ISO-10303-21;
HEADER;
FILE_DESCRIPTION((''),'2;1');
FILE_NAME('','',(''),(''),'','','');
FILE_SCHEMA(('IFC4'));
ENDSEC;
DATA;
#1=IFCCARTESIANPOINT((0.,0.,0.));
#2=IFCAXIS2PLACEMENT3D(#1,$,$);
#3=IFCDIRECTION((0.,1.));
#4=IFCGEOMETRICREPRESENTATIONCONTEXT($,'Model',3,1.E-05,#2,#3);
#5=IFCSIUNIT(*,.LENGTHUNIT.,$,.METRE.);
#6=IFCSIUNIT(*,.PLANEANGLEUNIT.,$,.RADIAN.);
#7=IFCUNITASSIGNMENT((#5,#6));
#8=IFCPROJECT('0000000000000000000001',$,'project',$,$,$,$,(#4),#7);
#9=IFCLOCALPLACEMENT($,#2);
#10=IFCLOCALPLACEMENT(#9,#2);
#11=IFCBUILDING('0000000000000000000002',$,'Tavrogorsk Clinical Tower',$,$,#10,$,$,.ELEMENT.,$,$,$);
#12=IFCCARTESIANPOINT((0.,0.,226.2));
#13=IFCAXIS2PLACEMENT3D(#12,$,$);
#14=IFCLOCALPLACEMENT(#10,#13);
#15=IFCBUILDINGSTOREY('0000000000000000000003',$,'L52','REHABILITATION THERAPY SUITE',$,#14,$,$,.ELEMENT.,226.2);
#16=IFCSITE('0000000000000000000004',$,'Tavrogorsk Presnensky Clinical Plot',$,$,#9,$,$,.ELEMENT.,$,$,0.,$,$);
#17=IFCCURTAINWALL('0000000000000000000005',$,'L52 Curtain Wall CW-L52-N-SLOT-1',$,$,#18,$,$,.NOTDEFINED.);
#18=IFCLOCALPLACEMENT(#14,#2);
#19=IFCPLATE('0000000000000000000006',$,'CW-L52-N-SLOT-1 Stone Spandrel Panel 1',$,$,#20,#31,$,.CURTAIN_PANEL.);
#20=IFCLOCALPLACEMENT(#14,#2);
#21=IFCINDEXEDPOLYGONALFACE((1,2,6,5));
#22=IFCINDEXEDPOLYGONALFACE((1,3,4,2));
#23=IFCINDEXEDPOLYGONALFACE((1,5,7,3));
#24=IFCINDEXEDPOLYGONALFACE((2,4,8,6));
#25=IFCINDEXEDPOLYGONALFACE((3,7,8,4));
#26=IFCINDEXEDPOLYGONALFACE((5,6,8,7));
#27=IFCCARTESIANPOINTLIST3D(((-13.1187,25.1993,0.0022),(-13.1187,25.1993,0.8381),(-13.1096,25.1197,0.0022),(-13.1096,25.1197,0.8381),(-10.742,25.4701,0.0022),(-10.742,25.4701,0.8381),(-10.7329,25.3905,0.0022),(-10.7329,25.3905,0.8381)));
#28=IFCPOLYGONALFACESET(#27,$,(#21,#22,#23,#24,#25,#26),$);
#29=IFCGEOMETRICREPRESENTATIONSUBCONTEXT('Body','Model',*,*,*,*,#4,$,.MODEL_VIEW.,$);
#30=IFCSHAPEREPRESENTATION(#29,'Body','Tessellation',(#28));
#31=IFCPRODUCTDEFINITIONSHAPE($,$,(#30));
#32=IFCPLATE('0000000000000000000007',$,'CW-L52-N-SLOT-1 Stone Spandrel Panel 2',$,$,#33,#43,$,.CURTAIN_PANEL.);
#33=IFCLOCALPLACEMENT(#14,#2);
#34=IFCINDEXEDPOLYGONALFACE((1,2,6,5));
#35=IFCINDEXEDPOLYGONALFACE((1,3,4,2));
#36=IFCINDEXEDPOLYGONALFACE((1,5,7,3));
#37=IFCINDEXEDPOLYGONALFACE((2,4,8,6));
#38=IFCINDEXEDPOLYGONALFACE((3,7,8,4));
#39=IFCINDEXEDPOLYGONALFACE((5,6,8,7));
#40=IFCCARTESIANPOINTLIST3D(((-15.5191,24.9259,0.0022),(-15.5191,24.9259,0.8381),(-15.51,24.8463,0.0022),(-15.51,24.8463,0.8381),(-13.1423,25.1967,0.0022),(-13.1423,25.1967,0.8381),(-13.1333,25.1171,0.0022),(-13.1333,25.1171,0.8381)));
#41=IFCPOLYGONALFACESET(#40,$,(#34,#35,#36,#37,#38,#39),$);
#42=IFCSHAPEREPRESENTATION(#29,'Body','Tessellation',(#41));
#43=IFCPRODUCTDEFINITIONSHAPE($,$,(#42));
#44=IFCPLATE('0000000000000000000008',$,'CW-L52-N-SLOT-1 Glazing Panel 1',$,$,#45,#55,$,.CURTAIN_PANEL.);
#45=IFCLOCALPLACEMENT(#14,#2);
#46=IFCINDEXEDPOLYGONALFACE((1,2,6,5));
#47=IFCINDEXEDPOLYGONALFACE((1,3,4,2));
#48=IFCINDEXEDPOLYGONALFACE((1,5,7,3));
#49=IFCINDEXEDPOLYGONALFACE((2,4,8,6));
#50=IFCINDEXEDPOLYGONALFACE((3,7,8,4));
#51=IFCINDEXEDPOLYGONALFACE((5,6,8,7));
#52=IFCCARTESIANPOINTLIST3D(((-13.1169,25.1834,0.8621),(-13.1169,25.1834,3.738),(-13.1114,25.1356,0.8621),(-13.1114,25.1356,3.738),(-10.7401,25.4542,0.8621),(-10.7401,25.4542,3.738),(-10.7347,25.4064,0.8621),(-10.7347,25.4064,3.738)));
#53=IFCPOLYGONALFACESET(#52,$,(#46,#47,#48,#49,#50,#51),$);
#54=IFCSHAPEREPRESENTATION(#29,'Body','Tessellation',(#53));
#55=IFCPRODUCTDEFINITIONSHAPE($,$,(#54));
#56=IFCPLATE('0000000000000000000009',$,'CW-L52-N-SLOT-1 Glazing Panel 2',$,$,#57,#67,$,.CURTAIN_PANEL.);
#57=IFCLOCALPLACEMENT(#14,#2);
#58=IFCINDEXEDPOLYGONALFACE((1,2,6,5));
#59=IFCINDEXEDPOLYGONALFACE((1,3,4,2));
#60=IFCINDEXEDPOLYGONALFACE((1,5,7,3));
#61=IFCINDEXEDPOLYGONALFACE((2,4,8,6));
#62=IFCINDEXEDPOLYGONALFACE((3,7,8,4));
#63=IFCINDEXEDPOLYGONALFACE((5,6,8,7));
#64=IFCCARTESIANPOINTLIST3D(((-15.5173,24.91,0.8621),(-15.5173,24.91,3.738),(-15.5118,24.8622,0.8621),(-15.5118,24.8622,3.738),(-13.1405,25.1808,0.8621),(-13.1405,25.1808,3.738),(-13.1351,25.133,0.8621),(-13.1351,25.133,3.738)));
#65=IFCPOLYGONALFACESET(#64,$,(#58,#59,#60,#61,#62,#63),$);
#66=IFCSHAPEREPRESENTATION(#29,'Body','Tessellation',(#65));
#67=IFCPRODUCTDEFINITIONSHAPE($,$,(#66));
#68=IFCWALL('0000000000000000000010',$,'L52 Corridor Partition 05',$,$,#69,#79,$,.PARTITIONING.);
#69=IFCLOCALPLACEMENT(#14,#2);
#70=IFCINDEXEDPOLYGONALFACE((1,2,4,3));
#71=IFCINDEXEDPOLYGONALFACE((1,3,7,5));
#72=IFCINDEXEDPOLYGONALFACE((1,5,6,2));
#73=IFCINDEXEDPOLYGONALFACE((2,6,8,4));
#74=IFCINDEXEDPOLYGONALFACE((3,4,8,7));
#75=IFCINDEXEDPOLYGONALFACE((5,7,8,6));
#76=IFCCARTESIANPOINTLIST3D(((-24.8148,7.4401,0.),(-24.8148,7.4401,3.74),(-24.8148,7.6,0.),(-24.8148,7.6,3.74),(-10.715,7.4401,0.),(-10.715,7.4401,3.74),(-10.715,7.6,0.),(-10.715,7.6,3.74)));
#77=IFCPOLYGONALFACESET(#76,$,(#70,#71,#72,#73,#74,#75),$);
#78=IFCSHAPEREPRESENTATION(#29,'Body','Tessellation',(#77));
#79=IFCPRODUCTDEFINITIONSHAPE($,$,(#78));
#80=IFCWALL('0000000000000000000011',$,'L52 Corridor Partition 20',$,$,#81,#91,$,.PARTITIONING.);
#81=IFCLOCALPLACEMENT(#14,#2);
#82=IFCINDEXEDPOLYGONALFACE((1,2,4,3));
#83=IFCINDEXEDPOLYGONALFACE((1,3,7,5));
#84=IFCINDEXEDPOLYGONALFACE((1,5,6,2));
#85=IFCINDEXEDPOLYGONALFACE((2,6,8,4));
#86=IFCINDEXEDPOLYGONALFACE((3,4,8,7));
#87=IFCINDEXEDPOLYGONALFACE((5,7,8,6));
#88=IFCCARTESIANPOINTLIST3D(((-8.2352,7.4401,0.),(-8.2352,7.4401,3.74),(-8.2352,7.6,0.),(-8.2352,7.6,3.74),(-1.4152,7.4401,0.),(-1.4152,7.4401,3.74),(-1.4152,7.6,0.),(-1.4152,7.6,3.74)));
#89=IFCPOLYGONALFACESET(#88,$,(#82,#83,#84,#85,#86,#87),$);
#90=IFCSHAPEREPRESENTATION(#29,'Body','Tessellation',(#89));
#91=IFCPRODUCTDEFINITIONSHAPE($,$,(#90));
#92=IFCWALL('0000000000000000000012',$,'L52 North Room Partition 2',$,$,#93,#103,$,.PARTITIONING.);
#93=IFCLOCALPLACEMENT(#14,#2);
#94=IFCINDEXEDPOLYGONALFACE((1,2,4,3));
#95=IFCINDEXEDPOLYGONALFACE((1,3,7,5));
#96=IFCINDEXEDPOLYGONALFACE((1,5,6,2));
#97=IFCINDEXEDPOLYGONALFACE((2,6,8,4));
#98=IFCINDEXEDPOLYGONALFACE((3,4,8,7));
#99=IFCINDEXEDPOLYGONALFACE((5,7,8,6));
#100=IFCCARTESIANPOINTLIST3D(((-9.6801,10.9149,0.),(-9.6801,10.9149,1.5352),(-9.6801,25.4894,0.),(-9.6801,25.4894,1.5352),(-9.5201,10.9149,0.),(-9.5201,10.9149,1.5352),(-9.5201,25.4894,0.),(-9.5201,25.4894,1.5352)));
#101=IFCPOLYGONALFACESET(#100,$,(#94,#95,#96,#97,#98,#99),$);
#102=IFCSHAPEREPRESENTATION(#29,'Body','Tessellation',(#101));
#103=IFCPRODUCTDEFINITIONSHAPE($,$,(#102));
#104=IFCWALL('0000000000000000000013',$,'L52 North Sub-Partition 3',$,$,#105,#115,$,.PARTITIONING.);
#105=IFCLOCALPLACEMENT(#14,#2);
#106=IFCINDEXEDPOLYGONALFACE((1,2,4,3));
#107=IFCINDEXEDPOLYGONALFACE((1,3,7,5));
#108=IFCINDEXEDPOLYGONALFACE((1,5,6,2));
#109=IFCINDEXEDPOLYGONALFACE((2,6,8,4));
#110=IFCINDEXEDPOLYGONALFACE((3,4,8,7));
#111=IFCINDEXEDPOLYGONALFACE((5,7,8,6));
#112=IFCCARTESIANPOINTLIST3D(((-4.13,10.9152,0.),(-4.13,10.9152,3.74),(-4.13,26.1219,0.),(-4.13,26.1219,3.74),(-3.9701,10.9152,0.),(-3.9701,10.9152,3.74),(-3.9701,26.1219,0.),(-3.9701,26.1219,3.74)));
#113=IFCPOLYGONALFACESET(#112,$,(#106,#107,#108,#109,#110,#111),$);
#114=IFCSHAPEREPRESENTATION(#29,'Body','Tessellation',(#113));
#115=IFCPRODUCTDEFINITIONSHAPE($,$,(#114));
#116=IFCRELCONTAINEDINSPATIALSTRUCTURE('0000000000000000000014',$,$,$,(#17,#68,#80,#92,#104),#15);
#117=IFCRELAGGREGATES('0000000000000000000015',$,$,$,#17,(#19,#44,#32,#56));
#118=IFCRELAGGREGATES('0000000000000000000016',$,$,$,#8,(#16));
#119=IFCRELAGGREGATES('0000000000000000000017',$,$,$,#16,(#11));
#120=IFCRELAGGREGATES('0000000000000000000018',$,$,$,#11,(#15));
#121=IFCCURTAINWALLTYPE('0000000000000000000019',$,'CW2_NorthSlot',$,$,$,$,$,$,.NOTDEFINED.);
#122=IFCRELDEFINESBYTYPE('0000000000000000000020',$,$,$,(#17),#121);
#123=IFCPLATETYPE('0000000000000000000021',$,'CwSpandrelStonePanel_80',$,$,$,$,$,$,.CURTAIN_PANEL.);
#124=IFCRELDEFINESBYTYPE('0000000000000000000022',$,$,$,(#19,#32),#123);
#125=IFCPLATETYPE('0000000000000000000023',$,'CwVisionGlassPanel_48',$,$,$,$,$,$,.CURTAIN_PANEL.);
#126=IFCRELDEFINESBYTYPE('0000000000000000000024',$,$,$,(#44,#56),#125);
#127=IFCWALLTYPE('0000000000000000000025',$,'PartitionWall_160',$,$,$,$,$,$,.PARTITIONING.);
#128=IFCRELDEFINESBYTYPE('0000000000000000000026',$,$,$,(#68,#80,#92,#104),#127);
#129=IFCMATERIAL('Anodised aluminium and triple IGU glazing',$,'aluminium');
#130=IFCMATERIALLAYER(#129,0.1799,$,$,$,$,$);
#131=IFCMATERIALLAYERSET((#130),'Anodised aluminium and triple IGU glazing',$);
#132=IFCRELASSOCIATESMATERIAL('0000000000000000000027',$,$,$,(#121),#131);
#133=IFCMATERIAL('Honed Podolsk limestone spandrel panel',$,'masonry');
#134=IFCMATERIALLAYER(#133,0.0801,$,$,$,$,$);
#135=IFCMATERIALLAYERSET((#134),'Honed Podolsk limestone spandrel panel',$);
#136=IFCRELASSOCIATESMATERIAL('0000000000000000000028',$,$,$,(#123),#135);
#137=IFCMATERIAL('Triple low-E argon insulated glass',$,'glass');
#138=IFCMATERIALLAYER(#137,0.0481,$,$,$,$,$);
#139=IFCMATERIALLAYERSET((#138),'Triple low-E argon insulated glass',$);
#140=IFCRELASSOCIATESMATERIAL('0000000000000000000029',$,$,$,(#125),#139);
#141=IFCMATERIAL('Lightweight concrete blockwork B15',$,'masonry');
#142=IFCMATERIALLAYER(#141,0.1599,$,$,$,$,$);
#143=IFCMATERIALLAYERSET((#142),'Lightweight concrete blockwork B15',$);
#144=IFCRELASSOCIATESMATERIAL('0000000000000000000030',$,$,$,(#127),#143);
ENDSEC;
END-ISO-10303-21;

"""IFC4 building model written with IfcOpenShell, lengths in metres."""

from ifc_helpers import new_model, si_unit, direction, frame, frame_2d, origin, origin_2d, place, context, subcontext, project, spatial, rectangle, extrude, material, layer, layer_set, type_object, element, aggregate, save


model = new_model("IFC4")

# Units and contexts
model_context = context("Model", 3, precision=1e-05, world=origin(), true_north=direction((0.0, 1.0)))
body_context = subcontext(model_context, "Body", "Model", "MODEL_VIEW")
ifc_project = project(units=[si_unit("LENGTHUNIT", "METRE"), si_unit("PLANEANGLEUNIT", "RADIAN")], contexts=[model_context])

# Site, building, storey
site_placement = place(None, origin())
site = spatial("IfcSite", under=ifc_project, at=site_placement, Name="Tavrogorsk Presnensky Clinical Plot", CompositionType="ELEMENT", RefElevation=0.0)
building_placement = place(site_placement, origin())
building = spatial("IfcBuilding", under=site, at=building_placement, Name="Tavrogorsk Clinical Tower", CompositionType="ELEMENT")
storey_placement = place(building_placement, frame((0.0, 0.0, 226.2)))
storey = spatial("IfcBuildingStorey", under=building, at=storey_placement, Name="L52", Description="REHABILITATION THERAPY SUITE", CompositionType="ELEMENT", Elevation=226.2)

# Curtain wall
ifc_material_1 = material(Name="Anodised aluminium and triple IGU glazing", Category="aluminium")
ifc_layer_1 = layer(ifc_material_1, 0.1799)
ifc_layer_set_1 = layer_set([ifc_layer_1], Name="Anodised aluminium and triple IGU glazing")
curtain_wall_type = type_object("IfcCurtainWallType", Name="CW2_NorthSlot", PredefinedType="NOTDEFINED", material=ifc_layer_set_1)
curtain_wall_placement = place(storey_placement, origin())
curtain_wall = element("IfcCurtainWall", 1, at=curtain_wall_placement, inside=storey, type_object=curtain_wall_type, Name="L52 Curtain Wall CW-L52-N-SLOT-1", PredefinedType="NOTDEFINED")

# Plates
ifc_material_2 = material(Name="Honed Podolsk limestone spandrel panel", Category="masonry")
ifc_layer_2 = layer(ifc_material_2, 0.0801)
ifc_layer_set_2 = layer_set([ifc_layer_2], Name="Honed Podolsk limestone spandrel panel")
plate_type_1 = type_object("IfcPlateType", Name="CwSpandrelStonePanel_80", PredefinedType="CURTAIN_PANEL", material=ifc_layer_set_2)
plate_1_placement = place(storey_placement, frame((-11.9258, 25.2949, 0.0022), z_axis=(0.0, 0.0, 1.0), x_axis=(-0.993572, -0.113203, 0.0)))
plate_1 = element("IfcPlate", 2, at=plate_1_placement, type_object=plate_type_1, Name="CW-L52-N-SLOT-1 Stone Spandrel Panel 1", PredefinedType="CURTAIN_PANEL", context=body_context, shape_type="SweptSolid", body=[
    extrude(rectangle(XDim=2.3921, YDim=0.0801, at=origin_2d()), origin(), (0.0, 0.0, 1.0), 0.8359),
])
plate_2_placement = place(storey_placement, frame((-14.3262, 25.0215, 0.0022), z_axis=(0.0, 0.0, 1.0), x_axis=(-0.993572, -0.113203, 0.0)))
plate_2 = element("IfcPlate", 3, at=plate_2_placement, type_object=plate_type_1, Name="CW-L52-N-SLOT-1 Stone Spandrel Panel 2", PredefinedType="CURTAIN_PANEL", context=body_context, shape_type="SweptSolid", body=[
    extrude(rectangle(XDim=2.3921, YDim=0.0801, at=origin_2d()), origin(), (0.0, 0.0, 1.0), 0.8359),
])
ifc_material_3 = material(Name="Triple low-E argon insulated glass", Category="glass")
ifc_layer_3 = layer(ifc_material_3, 0.0481)
ifc_layer_set_3 = layer_set([ifc_layer_3], Name="Triple low-E argon insulated glass")
plate_type_2 = type_object("IfcPlateType", Name="CwVisionGlassPanel_48", PredefinedType="CURTAIN_PANEL", material=ifc_layer_set_3)
plate_3_placement = place(storey_placement, frame((-11.9258, 25.2949, 0.8621), z_axis=(0.0, 0.0, 1.0), x_axis=(-0.993572, -0.113203, 0.0)))
plate_3 = element("IfcPlate", 4, at=plate_3_placement, type_object=plate_type_2, Name="CW-L52-N-SLOT-1 Glazing Panel 1", PredefinedType="CURTAIN_PANEL", context=body_context, shape_type="SweptSolid", body=[
    extrude(rectangle(XDim=2.3921, YDim=0.0481, at=origin_2d()), origin(), (0.0, 0.0, 1.0), 2.876),
])
plate_4_placement = place(storey_placement, frame((-14.3262, 25.0215, 0.8621), z_axis=(0.0, 0.0, 1.0), x_axis=(-0.993572, -0.113203, 0.0)))
plate_4 = element("IfcPlate", 5, at=plate_4_placement, type_object=plate_type_2, Name="CW-L52-N-SLOT-1 Glazing Panel 2", PredefinedType="CURTAIN_PANEL", context=body_context, shape_type="SweptSolid", body=[
    extrude(rectangle(XDim=2.3921, YDim=0.0481, at=origin_2d()), origin(), (0.0, 0.0, 1.0), 2.876),
])
aggregate(curtain_wall, [plate_1, plate_3, plate_2, plate_4])

# Walls
ifc_material_4 = material(Name="Lightweight concrete blockwork B15", Category="masonry")
ifc_layer_4 = layer(ifc_material_4, 0.1599)
ifc_layer_set_4 = layer_set([ifc_layer_4], Name="Lightweight concrete blockwork B15")
wall_type_1 = type_object("IfcWallType", Name="PartitionWall_160", PredefinedType="PARTITIONING", material=ifc_layer_set_4)
wall_1_placement = place(storey_placement, frame((-10.7151, 7.52, 0.0), z_axis=(0.0, 0.0, 1.0), x_axis=(-1.0, 0.0, 0.0)))
element("IfcWall", 6, at=wall_1_placement, inside=storey, type_object=wall_type_1, Name="L52 Corridor Partition 05", PredefinedType="PARTITIONING", context=body_context, shape_type="SweptSolid", body=[
    extrude(rectangle(XDim=14.0999, YDim=0.1599, at=frame_2d((7.0498, 0.0))), origin(), (0.0, 0.0, 1.0), 3.74),
])
wall_2_placement = place(storey_placement, frame((-1.415, 7.52, 0.0), z_axis=(0.0, 0.0, 1.0), x_axis=(-1.0, 0.0, 0.0)))
element("IfcWall", 7, at=wall_2_placement, inside=storey, type_object=wall_type_1, Name="L52 Corridor Partition 20", PredefinedType="PARTITIONING", context=body_context, shape_type="SweptSolid", body=[
    extrude(rectangle(XDim=6.8201, YDim=0.1599, at=frame_2d((3.4102, 0.0))), origin(), (0.0, 0.0, 1.0), 3.74),
])
wall_3_placement = place(storey_placement, frame((-9.6001, 10.915, 0.0), z_axis=(0.0, 0.0, 1.0), x_axis=(0.0, 1.0, 0.0)))
element("IfcWall", 8, at=wall_3_placement, inside=storey, type_object=wall_type_1, Name="L52 North Room Partition 2", PredefinedType="PARTITIONING", context=body_context, shape_type="SweptSolid", body=[
    extrude(rectangle(XDim=14.5745, YDim=0.1599, at=frame_2d((7.2871, 0.0))), origin(), (0.0, 0.0, 1.0), 1.5352),
])
wall_4_placement = place(storey_placement, frame((-4.05, 10.915, 0.0), z_axis=(0.0, 0.0, 1.0), x_axis=(0.0, 1.0, 0.0)))
element("IfcWall", 9, at=wall_4_placement, inside=storey, type_object=wall_type_1, Name="L52 North Sub-Partition 3", PredefinedType="PARTITIONING", context=body_context, shape_type="SweptSolid", body=[
    extrude(rectangle(XDim=15.2068, YDim=0.1599, at=frame_2d((7.6035, 0.0))), origin(), (0.0, 0.0, 1.0), 3.74),
])

save(model, "model.ifc")
